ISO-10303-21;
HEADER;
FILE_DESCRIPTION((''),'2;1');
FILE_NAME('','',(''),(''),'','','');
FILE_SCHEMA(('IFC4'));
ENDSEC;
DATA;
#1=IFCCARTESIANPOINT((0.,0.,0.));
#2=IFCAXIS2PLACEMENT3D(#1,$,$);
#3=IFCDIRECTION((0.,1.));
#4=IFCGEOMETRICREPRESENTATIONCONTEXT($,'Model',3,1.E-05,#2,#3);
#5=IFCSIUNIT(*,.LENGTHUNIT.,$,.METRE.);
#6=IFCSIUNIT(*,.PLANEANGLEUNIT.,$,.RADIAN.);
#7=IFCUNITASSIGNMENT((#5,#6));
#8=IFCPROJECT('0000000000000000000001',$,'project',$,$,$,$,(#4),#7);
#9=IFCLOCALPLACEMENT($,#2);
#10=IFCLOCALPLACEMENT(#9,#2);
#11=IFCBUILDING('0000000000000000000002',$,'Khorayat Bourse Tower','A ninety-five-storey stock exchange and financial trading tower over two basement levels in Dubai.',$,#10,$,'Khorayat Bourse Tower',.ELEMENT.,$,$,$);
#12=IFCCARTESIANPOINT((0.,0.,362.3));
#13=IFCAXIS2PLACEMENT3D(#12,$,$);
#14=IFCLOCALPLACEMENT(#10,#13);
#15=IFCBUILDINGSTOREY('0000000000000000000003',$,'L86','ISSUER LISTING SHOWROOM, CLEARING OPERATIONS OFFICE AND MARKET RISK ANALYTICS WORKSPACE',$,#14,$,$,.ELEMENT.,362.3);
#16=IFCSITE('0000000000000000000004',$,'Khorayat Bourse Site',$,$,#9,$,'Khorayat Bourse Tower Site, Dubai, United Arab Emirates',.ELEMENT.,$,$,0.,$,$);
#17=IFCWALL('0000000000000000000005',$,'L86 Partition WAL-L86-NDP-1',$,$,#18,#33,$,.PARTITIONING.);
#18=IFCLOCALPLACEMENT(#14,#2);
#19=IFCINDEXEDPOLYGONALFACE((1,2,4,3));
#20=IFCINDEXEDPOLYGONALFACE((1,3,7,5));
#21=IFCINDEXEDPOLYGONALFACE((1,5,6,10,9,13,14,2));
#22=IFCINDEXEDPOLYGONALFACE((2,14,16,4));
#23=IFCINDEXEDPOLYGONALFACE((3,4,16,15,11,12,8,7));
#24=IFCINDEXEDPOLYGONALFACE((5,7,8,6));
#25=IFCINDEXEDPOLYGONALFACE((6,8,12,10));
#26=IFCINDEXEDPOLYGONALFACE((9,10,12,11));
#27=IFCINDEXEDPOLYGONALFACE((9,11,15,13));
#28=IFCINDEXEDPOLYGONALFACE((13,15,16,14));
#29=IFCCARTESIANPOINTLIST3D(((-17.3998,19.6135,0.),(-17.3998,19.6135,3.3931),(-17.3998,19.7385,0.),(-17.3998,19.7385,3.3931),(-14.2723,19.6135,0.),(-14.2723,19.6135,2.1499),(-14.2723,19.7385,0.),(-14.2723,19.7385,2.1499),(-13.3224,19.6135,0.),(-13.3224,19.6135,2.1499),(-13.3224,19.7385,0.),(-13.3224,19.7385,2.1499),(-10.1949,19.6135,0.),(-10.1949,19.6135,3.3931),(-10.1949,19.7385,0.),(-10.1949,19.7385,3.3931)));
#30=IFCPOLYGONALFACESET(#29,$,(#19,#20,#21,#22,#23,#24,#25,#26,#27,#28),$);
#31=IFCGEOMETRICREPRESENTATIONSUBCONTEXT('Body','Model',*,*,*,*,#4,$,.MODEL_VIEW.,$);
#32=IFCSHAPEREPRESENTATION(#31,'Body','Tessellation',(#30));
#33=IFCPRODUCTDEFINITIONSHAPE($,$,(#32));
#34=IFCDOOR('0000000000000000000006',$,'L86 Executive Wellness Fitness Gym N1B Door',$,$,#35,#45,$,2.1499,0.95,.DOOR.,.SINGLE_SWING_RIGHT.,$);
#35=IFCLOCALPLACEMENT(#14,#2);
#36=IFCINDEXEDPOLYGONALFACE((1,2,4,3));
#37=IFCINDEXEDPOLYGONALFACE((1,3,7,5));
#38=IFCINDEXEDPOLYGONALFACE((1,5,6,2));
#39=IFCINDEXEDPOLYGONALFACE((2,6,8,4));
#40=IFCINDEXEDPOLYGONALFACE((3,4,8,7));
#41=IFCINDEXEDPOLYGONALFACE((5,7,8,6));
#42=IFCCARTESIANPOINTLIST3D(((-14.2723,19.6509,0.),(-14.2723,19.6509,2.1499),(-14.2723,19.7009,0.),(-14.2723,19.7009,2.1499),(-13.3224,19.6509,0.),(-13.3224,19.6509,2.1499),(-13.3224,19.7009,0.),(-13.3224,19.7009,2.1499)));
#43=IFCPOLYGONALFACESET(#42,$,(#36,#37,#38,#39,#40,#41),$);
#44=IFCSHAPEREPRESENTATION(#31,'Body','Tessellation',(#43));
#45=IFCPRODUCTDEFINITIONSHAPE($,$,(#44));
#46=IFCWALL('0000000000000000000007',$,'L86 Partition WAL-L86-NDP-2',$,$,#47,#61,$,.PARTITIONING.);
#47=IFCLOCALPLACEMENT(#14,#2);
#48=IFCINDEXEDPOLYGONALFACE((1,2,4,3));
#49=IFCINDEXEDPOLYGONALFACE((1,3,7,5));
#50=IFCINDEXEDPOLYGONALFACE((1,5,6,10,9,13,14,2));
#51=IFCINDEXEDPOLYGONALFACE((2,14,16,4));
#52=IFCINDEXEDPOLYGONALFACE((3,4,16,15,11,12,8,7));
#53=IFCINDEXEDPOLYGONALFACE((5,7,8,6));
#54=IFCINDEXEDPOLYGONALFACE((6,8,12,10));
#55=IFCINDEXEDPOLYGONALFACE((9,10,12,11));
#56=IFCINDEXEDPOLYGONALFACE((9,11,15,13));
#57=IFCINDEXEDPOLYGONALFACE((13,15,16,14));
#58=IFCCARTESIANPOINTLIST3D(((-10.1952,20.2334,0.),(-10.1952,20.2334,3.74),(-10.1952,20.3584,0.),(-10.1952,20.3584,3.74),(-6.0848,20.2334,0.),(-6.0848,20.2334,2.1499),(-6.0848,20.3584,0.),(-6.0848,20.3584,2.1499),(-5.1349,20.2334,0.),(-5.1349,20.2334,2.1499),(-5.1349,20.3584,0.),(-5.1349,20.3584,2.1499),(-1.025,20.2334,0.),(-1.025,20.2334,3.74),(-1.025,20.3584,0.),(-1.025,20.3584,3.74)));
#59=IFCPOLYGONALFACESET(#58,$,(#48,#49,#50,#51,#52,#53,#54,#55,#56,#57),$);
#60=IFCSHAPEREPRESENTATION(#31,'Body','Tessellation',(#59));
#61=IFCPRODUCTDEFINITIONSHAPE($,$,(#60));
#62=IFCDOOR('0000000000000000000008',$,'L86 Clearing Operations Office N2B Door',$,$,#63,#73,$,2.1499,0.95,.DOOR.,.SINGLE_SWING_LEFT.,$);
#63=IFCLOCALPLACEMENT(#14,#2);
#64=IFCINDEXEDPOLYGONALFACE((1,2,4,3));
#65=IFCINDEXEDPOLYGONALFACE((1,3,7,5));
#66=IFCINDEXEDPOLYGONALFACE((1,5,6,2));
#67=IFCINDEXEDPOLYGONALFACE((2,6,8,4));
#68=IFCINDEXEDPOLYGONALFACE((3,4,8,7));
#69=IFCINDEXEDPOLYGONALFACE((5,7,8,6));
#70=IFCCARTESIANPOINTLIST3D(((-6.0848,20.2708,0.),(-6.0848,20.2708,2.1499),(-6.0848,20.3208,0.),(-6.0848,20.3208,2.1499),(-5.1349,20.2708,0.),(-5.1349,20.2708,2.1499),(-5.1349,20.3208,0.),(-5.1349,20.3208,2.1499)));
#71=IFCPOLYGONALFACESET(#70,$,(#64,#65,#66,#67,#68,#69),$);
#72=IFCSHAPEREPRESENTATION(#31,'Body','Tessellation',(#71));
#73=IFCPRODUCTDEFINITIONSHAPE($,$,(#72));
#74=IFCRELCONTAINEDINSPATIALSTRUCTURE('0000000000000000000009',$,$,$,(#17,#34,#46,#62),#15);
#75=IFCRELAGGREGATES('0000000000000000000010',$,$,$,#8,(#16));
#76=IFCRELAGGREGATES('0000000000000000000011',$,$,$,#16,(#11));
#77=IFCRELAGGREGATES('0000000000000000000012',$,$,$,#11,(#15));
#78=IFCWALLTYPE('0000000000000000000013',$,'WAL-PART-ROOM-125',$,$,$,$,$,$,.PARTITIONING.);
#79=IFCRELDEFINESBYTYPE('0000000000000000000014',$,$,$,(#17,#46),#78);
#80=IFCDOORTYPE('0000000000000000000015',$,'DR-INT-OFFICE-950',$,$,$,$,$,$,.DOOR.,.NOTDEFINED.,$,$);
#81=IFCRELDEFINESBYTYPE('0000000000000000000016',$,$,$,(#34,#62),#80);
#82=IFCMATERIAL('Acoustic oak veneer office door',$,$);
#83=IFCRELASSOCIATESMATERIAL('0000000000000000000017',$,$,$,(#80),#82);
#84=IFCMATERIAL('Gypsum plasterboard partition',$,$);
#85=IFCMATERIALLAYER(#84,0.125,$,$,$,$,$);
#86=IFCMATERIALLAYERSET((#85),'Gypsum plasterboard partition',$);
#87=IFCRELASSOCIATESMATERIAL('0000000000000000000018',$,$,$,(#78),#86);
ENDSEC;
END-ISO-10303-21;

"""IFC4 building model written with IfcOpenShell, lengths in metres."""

from ifc_helpers import new_model, si_unit, direction, frame, frame_2d, origin, place, context, subcontext, project, spatial, rectangle, extrude, source, transform, mapped, material, layer, layer_set, type_object, element, fill, save


model = new_model("IFC4")

# Units and contexts
model_context = context("Model", 3, precision=1e-05, world=origin(), true_north=direction((0.0, 1.0)))
body_context = subcontext(model_context, "Body", "Model", "MODEL_VIEW")
ifc_project = project(units=[si_unit("LENGTHUNIT", "METRE"), si_unit("PLANEANGLEUNIT", "RADIAN")], contexts=[model_context])

# Site, building, storey
site_placement = place(None, origin())
site = spatial("IfcSite", under=ifc_project, at=site_placement, Name="Khorayat Bourse Site", LongName="Khorayat Bourse Tower Site, Dubai, United Arab Emirates", CompositionType="ELEMENT", RefElevation=0.0)
building_placement = place(site_placement, origin())
building = spatial("IfcBuilding", under=site, at=building_placement, Name="Khorayat Bourse Tower", Description="A ninety-five-storey stock exchange and financial trading tower over two basement levels in Dubai.", LongName="Khorayat Bourse Tower", CompositionType="ELEMENT")
storey_placement = place(building_placement, frame((0.0, 0.0, 362.3)))
storey = spatial("IfcBuildingStorey", under=building, at=storey_placement, Name="L86", Description="ISSUER LISTING SHOWROOM, CLEARING OPERATIONS OFFICE AND MARKET RISK ANALYTICS WORKSPACE", CompositionType="ELEMENT", Elevation=362.3)

# Walls, openings, doors
ifc_material_1 = material(Name="Acoustic oak veneer office door")
door_type = type_object("IfcDoorType", Name="DR-INT-OFFICE-950", OperationType="NOTDEFINED", PredefinedType="DOOR", material=ifc_material_1)
shared_shape_1 = source(origin(), body_context, "Body", "SweptSolid", [
    extrude(rectangle(XDim=0.95, YDim=2.1499, at=frame_2d((0.4751, 1.075))), frame((0.0, 0.0249, 0.0), z_axis=(0.0, -1.0, 0.0), x_axis=(1.0, 0.0, 0.0)), (0.0, 0.0, 1.0), 0.05),
])
ifc_material_2 = material(Name="Gypsum plasterboard partition")
ifc_layer_1 = layer(ifc_material_2, 0.125)
ifc_layer_set_1 = layer_set([ifc_layer_1], Name="Gypsum plasterboard partition")
wall_type_1 = type_object("IfcWallType", Name="WAL-PART-ROOM-125", PredefinedType="PARTITIONING", material=ifc_layer_set_1)
shared_shape_2 = source(origin(), body_context, "Body", "SweptSolid", [
    extrude(rectangle(XDim=7.2048, YDim=0.125, at=frame_2d((3.6025, 0.0))), origin(), (0.0, 0.0, 1.0), 3.3931),
])
wall_1_placement = place(storey_placement, frame((-17.3999, 19.676, 0.0), z_axis=(0.0, 0.0, 1.0), x_axis=(1.0, 0.0, 0.0)))
wall_1 = element("IfcWall", 1, at=wall_1_placement, inside=storey, type_object=wall_type_1, Name="L86 Partition WAL-L86-NDP-1", PredefinedType="PARTITIONING", context=body_context, shape_type="MappedRepresentation", body=[
    mapped(shared_shape_2, transform((0.0, 0.0, 0.0), scale=1.0)),
])
shared_shape_3 = source(origin(), body_context, "Body", "SweptSolid", [
    extrude(rectangle(XDim=0.95, YDim=2.1499, at=frame_2d((0.4751, 1.075))), frame((0.0, 0.0725, 0.0), z_axis=(0.0, -1.0, 0.0), x_axis=(1.0, 0.0, 0.0)), (0.0, 0.0, 1.0), 0.145),
])
opening_1_placement = place(wall_1_placement, frame((3.1274, 0.0, 0.0)))
opening_1 = element("IfcOpeningElement", 2, at=opening_1_placement, cuts=wall_1, PredefinedType="OPENING", context=body_context, shape_type="MappedRepresentation", body=[
    mapped(shared_shape_3, transform((0.0, 0.0, 0.0), scale=1.0)),
])
door_1_placement = place(opening_1_placement, origin())
door_1 = element("IfcDoor", 3, at=door_1_placement, inside=storey, type_object=door_type, Name="L86 Executive Wellness Fitness Gym N1B Door", OperationType="SINGLE_SWING_RIGHT", OverallHeight=2.1499, OverallWidth=0.95, PredefinedType="DOOR", context=body_context, shape_type="MappedRepresentation", body=[
    mapped(shared_shape_1, transform((0.0, 0.0, 0.0), scale=1.0)),
])
fill(opening_1, door_1)
shared_shape_4 = source(origin(), body_context, "Body", "SweptSolid", [
    extrude(rectangle(XDim=9.1702, YDim=0.125, at=frame_2d((4.585, 0.0))), origin(), (0.0, 0.0, 1.0), 3.74),
])
wall_2_placement = place(storey_placement, frame((-10.1951, 20.2959, 0.0), z_axis=(0.0, 0.0, 1.0), x_axis=(1.0, 0.0, 0.0)))
wall_2 = element("IfcWall", 4, at=wall_2_placement, inside=storey, type_object=wall_type_1, Name="L86 Partition WAL-L86-NDP-2", PredefinedType="PARTITIONING", context=body_context, shape_type="MappedRepresentation", body=[
    mapped(shared_shape_4, transform((0.0, 0.0, 0.0), scale=1.0)),
])
opening_2_placement = place(wall_2_placement, frame((4.1101, 0.0, 0.0)))
opening_2 = element("IfcOpeningElement", 5, at=opening_2_placement, cuts=wall_2, PredefinedType="OPENING", context=body_context, shape_type="MappedRepresentation", body=[
    mapped(shared_shape_3, transform((0.0, 0.0, 0.0), scale=1.0)),
])
door_2_placement = place(opening_2_placement, origin())
door_2 = element("IfcDoor", 6, at=door_2_placement, inside=storey, type_object=door_type, Name="L86 Clearing Operations Office N2B Door", OperationType="SINGLE_SWING_LEFT", OverallHeight=2.1499, OverallWidth=0.95, PredefinedType="DOOR", context=body_context, shape_type="MappedRepresentation", body=[
    mapped(shared_shape_1, transform((0.0, 0.0, 0.0), scale=1.0)),
])
fill(opening_2, door_2)

save(model, "model.ifc")
